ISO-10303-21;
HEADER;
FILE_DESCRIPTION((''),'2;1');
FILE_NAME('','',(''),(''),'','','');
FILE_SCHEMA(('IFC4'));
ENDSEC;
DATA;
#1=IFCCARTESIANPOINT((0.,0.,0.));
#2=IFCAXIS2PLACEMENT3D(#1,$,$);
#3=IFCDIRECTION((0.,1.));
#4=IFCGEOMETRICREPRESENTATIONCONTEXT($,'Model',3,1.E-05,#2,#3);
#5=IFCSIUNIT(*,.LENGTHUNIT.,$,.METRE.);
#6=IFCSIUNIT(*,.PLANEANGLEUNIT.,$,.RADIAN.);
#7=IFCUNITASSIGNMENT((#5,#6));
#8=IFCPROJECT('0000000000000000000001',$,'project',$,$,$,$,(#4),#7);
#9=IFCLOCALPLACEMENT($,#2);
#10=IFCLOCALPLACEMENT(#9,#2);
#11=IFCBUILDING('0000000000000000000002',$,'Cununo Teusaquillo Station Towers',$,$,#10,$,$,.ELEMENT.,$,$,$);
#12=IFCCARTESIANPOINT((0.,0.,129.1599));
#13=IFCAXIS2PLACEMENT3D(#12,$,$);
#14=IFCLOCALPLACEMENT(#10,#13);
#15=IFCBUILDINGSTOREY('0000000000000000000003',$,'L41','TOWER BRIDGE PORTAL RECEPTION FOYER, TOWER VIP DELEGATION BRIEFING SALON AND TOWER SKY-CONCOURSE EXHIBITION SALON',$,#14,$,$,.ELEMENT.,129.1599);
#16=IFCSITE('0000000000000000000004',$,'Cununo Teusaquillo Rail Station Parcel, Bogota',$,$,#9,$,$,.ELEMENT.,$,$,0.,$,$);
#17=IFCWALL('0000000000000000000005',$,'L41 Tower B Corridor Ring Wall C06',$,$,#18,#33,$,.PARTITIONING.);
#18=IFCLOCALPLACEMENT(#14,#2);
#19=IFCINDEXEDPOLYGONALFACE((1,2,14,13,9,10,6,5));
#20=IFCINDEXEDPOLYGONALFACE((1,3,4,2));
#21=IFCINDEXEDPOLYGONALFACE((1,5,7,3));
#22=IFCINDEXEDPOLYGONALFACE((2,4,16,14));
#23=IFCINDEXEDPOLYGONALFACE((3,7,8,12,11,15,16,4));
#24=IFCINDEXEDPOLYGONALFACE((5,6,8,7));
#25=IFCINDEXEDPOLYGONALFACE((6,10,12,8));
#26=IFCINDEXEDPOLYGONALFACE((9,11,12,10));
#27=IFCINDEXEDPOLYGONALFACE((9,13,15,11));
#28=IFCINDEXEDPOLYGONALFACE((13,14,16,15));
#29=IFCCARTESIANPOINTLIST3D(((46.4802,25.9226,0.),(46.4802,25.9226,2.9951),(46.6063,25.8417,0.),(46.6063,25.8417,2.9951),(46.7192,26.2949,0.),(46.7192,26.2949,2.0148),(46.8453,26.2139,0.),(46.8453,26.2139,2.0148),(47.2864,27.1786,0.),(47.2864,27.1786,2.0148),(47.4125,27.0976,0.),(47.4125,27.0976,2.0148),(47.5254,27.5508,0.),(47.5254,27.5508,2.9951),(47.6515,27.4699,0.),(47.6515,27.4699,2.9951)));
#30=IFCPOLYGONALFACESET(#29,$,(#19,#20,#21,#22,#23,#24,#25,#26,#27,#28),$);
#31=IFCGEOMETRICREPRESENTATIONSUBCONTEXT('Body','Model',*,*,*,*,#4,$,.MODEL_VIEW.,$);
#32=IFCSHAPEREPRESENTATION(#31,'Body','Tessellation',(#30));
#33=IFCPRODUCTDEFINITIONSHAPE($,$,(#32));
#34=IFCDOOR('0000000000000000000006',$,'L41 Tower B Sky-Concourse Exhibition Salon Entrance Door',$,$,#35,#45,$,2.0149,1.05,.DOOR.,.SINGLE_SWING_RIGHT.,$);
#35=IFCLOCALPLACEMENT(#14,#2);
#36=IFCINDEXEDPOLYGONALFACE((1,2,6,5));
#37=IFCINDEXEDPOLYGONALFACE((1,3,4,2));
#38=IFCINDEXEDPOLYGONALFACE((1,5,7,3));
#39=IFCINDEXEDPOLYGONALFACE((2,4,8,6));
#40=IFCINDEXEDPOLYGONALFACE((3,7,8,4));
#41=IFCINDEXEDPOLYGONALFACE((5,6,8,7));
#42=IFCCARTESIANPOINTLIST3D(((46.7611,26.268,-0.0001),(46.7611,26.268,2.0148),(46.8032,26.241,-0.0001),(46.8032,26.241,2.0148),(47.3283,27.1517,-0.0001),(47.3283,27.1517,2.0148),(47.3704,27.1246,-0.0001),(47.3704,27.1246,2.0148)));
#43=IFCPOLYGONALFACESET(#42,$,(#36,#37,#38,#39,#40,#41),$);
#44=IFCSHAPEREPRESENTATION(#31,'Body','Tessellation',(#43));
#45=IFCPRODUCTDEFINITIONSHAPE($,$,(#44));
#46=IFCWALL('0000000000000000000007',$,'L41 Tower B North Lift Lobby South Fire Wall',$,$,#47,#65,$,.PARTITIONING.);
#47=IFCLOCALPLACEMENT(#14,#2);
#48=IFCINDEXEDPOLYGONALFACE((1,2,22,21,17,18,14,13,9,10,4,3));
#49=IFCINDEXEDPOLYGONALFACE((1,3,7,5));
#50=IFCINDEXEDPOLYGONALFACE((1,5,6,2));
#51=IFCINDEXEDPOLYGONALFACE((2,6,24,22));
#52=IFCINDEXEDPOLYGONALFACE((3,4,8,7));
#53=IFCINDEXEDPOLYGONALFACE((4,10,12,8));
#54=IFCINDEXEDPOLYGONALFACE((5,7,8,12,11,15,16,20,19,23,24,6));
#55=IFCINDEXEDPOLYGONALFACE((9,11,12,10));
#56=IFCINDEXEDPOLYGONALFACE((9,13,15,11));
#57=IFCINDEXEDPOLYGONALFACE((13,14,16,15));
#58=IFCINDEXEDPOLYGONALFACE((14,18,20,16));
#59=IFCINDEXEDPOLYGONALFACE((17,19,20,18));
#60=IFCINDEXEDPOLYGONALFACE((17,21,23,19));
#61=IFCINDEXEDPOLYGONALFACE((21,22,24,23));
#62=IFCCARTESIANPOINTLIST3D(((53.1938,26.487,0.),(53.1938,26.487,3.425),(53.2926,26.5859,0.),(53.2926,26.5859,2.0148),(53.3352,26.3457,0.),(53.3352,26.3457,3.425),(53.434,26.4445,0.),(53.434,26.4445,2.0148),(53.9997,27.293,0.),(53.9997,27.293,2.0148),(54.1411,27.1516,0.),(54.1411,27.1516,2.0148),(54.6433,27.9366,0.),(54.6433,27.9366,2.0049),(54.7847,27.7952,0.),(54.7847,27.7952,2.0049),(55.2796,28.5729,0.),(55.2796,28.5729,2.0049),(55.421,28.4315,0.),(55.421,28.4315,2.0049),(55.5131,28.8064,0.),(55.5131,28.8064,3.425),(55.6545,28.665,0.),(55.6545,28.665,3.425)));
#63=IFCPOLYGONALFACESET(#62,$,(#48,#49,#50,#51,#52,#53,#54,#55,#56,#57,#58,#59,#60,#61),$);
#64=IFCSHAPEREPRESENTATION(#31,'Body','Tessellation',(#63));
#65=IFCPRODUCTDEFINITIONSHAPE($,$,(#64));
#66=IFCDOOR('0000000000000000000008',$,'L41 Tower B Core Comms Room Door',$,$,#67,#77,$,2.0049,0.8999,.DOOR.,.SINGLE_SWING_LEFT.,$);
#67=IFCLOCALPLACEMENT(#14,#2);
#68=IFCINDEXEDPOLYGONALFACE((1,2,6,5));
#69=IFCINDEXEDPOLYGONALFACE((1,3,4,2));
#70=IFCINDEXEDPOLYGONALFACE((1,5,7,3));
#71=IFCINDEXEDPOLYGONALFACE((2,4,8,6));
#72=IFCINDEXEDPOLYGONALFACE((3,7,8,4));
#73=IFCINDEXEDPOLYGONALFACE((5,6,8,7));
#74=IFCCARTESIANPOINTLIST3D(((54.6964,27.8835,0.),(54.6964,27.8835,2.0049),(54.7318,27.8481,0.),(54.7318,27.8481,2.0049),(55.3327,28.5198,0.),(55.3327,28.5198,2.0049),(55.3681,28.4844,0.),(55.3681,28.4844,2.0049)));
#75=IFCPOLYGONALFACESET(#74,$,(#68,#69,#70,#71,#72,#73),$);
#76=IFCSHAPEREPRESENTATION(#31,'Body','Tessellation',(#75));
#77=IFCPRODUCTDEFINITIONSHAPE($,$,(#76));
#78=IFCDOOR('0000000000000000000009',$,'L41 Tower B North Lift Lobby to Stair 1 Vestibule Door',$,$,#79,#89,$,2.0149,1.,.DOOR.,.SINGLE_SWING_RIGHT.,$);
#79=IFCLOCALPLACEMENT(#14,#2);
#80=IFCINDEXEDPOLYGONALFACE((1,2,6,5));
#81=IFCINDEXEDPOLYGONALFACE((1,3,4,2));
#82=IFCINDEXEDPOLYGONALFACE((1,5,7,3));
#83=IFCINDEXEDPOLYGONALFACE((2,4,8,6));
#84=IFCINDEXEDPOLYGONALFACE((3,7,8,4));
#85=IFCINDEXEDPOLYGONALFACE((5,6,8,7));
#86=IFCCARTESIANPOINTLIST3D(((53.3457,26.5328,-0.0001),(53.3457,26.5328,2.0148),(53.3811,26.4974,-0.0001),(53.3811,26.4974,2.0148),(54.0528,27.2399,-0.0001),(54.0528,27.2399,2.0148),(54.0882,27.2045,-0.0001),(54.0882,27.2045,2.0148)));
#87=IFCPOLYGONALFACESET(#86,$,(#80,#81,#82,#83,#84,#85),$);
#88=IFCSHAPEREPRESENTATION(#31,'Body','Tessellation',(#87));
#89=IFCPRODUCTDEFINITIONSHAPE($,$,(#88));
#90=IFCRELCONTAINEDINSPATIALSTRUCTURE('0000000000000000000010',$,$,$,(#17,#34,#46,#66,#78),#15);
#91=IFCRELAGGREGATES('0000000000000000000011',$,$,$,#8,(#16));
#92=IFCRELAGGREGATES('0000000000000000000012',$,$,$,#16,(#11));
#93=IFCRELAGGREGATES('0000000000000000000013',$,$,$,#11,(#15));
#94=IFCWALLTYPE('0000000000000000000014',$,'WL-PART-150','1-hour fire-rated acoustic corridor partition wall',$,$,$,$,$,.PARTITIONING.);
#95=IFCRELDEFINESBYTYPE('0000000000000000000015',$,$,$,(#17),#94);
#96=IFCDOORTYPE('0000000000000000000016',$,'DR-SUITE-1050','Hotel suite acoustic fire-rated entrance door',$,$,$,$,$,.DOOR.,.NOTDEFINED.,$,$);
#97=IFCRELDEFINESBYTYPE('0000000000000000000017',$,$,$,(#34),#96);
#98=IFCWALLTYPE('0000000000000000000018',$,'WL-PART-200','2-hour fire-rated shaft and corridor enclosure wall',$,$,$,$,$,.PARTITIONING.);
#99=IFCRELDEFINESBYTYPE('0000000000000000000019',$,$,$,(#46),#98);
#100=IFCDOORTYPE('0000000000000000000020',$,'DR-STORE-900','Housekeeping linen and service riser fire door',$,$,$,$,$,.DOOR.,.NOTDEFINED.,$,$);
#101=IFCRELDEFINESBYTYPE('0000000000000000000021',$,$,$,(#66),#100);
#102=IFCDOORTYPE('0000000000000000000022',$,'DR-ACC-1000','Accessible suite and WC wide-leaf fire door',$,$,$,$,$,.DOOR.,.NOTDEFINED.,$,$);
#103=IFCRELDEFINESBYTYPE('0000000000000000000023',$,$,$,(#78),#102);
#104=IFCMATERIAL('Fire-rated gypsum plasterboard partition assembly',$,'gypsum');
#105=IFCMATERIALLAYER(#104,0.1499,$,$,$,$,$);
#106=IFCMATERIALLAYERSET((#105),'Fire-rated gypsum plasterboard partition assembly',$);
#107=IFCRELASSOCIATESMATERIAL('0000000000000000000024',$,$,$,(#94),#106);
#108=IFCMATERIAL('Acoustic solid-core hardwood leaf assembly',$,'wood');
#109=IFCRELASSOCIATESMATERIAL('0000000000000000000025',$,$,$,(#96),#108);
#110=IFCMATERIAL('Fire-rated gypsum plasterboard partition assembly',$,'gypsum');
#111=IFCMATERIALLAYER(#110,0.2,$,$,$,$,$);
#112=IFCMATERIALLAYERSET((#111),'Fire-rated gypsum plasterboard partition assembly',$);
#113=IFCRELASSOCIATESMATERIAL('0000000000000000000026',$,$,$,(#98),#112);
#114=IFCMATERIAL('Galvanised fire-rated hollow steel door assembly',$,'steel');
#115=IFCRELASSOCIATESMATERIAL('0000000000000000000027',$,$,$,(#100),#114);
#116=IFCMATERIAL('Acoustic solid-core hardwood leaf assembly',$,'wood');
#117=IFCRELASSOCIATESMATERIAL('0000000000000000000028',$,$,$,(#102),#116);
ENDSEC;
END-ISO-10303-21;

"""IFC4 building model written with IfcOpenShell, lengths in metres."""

from ifc_helpers import new_model, si_unit, direction, frame, frame_2d, origin, place, context, subcontext, project, spatial, rectangle, extrude, source, transform, mapped, material, layer, layer_set, type_object, element, fill, save


model = new_model("IFC4")

# Units and contexts
model_context = context("Model", 3, precision=1e-05, world=origin(), true_north=direction((0.0, 1.0)))
body_context = subcontext(model_context, "Body", "Model", "MODEL_VIEW")
ifc_project = project(units=[si_unit("LENGTHUNIT", "METRE"), si_unit("PLANEANGLEUNIT", "RADIAN")], contexts=[model_context])

# Site, building, storey
site_placement = place(None, origin())
site = spatial("IfcSite", under=ifc_project, at=site_placement, Name="Cununo Teusaquillo Rail Station Parcel, Bogota", CompositionType="ELEMENT", RefElevation=0.0)
building_placement = place(site_placement, origin())
building = spatial("IfcBuilding", under=site, at=building_placement, Name="Cununo Teusaquillo Station Towers", CompositionType="ELEMENT")
storey_placement = place(building_placement, frame((0.0, 0.0, 129.1599)))
storey = spatial("IfcBuildingStorey", under=building, at=storey_placement, Name="L41", Description="TOWER BRIDGE PORTAL RECEPTION FOYER, TOWER VIP DELEGATION BRIEFING SALON AND TOWER SKY-CONCOURSE EXHIBITION SALON", CompositionType="ELEMENT", Elevation=129.1599)

# Shared definitions
ifc_material_1 = material(Name="Fire-rated gypsum plasterboard partition assembly", Category="gypsum")
ifc_layer_1 = layer(ifc_material_1, 0.1499)
ifc_layer_set_1 = layer_set([ifc_layer_1], Name="Fire-rated gypsum plasterboard partition assembly")
wall_type_1 = type_object("IfcWallType", Name="WL-PART-150", Description="1-hour fire-rated acoustic corridor partition wall", PredefinedType="PARTITIONING", material=ifc_layer_set_1)

# Wall, opening, door
wall_1_placement = place(storey_placement, frame((47.5884, 27.5103, 0.0), z_axis=(0.0, 0.0, 1.0), x_axis=(-0.540203, -0.841535, 0.0)))
wall_1 = element("IfcWall", 1, at=wall_1_placement, inside=storey, type_object=wall_type_1, Name="L41 Tower B Corridor Ring Wall C06", PredefinedType="PARTITIONING", context=body_context, shape_type="SweptSolid", body=[
    extrude(rectangle(XDim=1.9348, YDim=0.1499, at=frame_2d((0.9673, 0.0))), origin(), (0.0, 0.0, 1.0), 2.9951),
])
shared_shape_1 = source(origin(), body_context, "Body", "SweptSolid", [
    extrude(rectangle(XDim=1.05, YDim=2.0149, at=frame_2d((0.5249, 1.0073))), frame((0.0, 0.085, 0.0), z_axis=(0.0, -1.0, 0.0), x_axis=(1.0, 0.0, 0.0)), (0.0, 0.0, 1.0), 0.1699),
])
opening_1_placement = place(wall_1_placement, frame((0.4424, 0.0, 0.0)))
opening_1 = element("IfcOpeningElement", 2, at=opening_1_placement, cuts=wall_1, PredefinedType="OPENING", context=body_context, shape_type="MappedRepresentation", body=[
    mapped(shared_shape_1, transform((0.0, 0.0, 0.0), x_axis=(1.0, 0.0, 0.0), y_axis=(0.0, 1.0, 0.0), z_axis=(0.0, 0.0, 1.0), scale=1.0)),
])
ifc_material_2 = material(Name="Acoustic solid-core hardwood leaf assembly", Category="wood")
door_type_1 = type_object("IfcDoorType", Name="DR-SUITE-1050", Description="Hotel suite acoustic fire-rated entrance door", OperationType="NOTDEFINED", PredefinedType="DOOR", material=ifc_material_2)
shared_shape_2 = source(origin(), body_context, "Body", "SweptSolid", [
    extrude(rectangle(XDim=1.05, YDim=2.0149, at=frame_2d((0.5249, 1.0073))), frame((0.0, 0.0249, 0.0), z_axis=(0.0, -1.0, 0.0), x_axis=(1.0, 0.0, 0.0)), (0.0, 0.0, 1.0), 0.05),
])
door_1_placement = place(opening_1_placement, origin())
door_1 = element("IfcDoor", 3, at=door_1_placement, inside=storey, type_object=door_type_1, Name="L41 Tower B Sky-Concourse Exhibition Salon Entrance Door", OperationType="SINGLE_SWING_RIGHT", OverallHeight=2.0149, OverallWidth=1.05, PredefinedType="DOOR", context=body_context, shape_type="MappedRepresentation", body=[
    mapped(shared_shape_2, transform((0.0, 0.0, 0.0), x_axis=(1.0, 0.0, 0.0), y_axis=(0.0, 1.0, 0.0), z_axis=(0.0, 0.0, 1.0), scale=1.0)),
])
fill(opening_1, door_1)

# Wall, openings, doors
ifc_material_3 = material(Name="Fire-rated gypsum plasterboard partition assembly", Category="gypsum")
ifc_layer_2 = layer(ifc_material_3, 0.2)
ifc_layer_set_2 = layer_set([ifc_layer_2], Name="Fire-rated gypsum plasterboard partition assembly")
wall_type_2 = type_object("IfcWallType", Name="WL-PART-200", Description="2-hour fire-rated shaft and corridor enclosure wall", PredefinedType="PARTITIONING", material=ifc_layer_set_2)
wall_2_placement = place(storey_placement, frame((53.2644, 26.4163, 0.0), z_axis=(0.0, 0.0, 1.0), x_axis=(0.707107, 0.707107, 0.0)))
wall_2 = element("IfcWall", 4, at=wall_2_placement, inside=storey, type_object=wall_type_2, Name="L41 Tower B North Lift Lobby South Fire Wall", PredefinedType="PARTITIONING", context=body_context, shape_type="SweptSolid", body=[
    extrude(rectangle(XDim=3.28, YDim=0.2, at=frame_2d((1.6401, 0.0))), origin(), (0.0, 0.0, 1.0), 3.425),
])
shared_shape_3 = source(origin(), body_context, "Body", "SweptSolid", [
    extrude(rectangle(XDim=1.0, YDim=2.0149, at=frame_2d((0.5, 1.0073))), frame((0.0, 0.1099, 0.0), z_axis=(0.0, -1.0, 0.0), x_axis=(1.0, 0.0, 0.0)), (0.0, 0.0, 1.0), 0.22),
])
opening_2_placement = place(wall_2_placement, frame((0.1399, 0.0, 0.0)))
opening_2 = element("IfcOpeningElement", 5, at=opening_2_placement, cuts=wall_2, PredefinedType="OPENING", context=body_context, shape_type="MappedRepresentation", body=[
    mapped(shared_shape_3, transform((0.0, 0.0, 0.0), x_axis=(1.0, 0.0, 0.0), y_axis=(0.0, 1.0, 0.0), z_axis=(0.0, 0.0, 1.0), scale=1.0)),
])
shared_shape_4 = source(origin(), body_context, "Body", "SweptSolid", [
    extrude(rectangle(XDim=0.8999, YDim=2.0049, at=frame_2d((0.45, 1.0024))), frame((0.0, 0.1099, 0.0), z_axis=(0.0, -1.0, 0.0), x_axis=(1.0, 0.0, 0.0)), (0.0, 0.0, 1.0), 0.22),
])
opening_3_placement = place(wall_2_placement, frame((2.05, 0.0, 0.0)))
opening_3 = element("IfcOpeningElement", 6, at=opening_3_placement, cuts=wall_2, PredefinedType="OPENING", context=body_context, shape_type="MappedRepresentation", body=[
    mapped(shared_shape_4, transform((0.0, 0.0, 0.0), x_axis=(1.0, 0.0, 0.0), y_axis=(0.0, 1.0, 0.0), z_axis=(0.0, 0.0, 1.0), scale=1.0)),
])
ifc_material_4 = material(Name="Galvanised fire-rated hollow steel door assembly", Category="steel")
door_type_2 = type_object("IfcDoorType", Name="DR-STORE-900", Description="Housekeeping linen and service riser fire door", OperationType="NOTDEFINED", PredefinedType="DOOR", material=ifc_material_4)
shared_shape_5 = source(origin(), body_context, "Body", "SweptSolid", [
    extrude(rectangle(XDim=0.8999, YDim=2.0049, at=frame_2d((0.45, 1.0024))), frame((0.0, 0.0249, 0.0), z_axis=(0.0, -1.0, 0.0), x_axis=(1.0, 0.0, 0.0)), (0.0, 0.0, 1.0), 0.05),
])
door_2_placement = place(opening_3_placement, origin())
door_2 = element("IfcDoor", 7, at=door_2_placement, inside=storey, type_object=door_type_2, Name="L41 Tower B Core Comms Room Door", OperationType="SINGLE_SWING_LEFT", OverallHeight=2.0049, OverallWidth=0.8999, PredefinedType="DOOR", context=body_context, shape_type="MappedRepresentation", body=[
    mapped(shared_shape_5, transform((0.0, 0.0, 0.0), x_axis=(1.0, 0.0, 0.0), y_axis=(0.0, 1.0, 0.0), z_axis=(0.0, 0.0, 1.0), scale=1.0)),
])
fill(opening_3, door_2)
ifc_material_5 = material(Name="Acoustic solid-core hardwood leaf assembly", Category="wood")
door_type_3 = type_object("IfcDoorType", Name="DR-ACC-1000", Description="Accessible suite and WC wide-leaf fire door", OperationType="NOTDEFINED", PredefinedType="DOOR", material=ifc_material_5)
shared_shape_6 = source(origin(), body_context, "Body", "SweptSolid", [
    extrude(rectangle(XDim=1.0, YDim=2.0149, at=frame_2d((0.5, 1.0073))), frame((0.0, 0.0249, 0.0), z_axis=(0.0, -1.0, 0.0), x_axis=(1.0, 0.0, 0.0)), (0.0, 0.0, 1.0), 0.05),
])
door_3_placement = place(opening_2_placement, origin())
door_3 = element("IfcDoor", 8, at=door_3_placement, inside=storey, type_object=door_type_3, Name="L41 Tower B North Lift Lobby to Stair 1 Vestibule Door", OperationType="SINGLE_SWING_RIGHT", OverallHeight=2.0149, OverallWidth=1.0, PredefinedType="DOOR", context=body_context, shape_type="MappedRepresentation", body=[
    mapped(shared_shape_6, transform((0.0, 0.0, 0.0), x_axis=(1.0, 0.0, 0.0), y_axis=(0.0, 1.0, 0.0), z_axis=(0.0, 0.0, 1.0), scale=1.0)),
])
fill(opening_2, door_3)

save(model, "model.ifc")
